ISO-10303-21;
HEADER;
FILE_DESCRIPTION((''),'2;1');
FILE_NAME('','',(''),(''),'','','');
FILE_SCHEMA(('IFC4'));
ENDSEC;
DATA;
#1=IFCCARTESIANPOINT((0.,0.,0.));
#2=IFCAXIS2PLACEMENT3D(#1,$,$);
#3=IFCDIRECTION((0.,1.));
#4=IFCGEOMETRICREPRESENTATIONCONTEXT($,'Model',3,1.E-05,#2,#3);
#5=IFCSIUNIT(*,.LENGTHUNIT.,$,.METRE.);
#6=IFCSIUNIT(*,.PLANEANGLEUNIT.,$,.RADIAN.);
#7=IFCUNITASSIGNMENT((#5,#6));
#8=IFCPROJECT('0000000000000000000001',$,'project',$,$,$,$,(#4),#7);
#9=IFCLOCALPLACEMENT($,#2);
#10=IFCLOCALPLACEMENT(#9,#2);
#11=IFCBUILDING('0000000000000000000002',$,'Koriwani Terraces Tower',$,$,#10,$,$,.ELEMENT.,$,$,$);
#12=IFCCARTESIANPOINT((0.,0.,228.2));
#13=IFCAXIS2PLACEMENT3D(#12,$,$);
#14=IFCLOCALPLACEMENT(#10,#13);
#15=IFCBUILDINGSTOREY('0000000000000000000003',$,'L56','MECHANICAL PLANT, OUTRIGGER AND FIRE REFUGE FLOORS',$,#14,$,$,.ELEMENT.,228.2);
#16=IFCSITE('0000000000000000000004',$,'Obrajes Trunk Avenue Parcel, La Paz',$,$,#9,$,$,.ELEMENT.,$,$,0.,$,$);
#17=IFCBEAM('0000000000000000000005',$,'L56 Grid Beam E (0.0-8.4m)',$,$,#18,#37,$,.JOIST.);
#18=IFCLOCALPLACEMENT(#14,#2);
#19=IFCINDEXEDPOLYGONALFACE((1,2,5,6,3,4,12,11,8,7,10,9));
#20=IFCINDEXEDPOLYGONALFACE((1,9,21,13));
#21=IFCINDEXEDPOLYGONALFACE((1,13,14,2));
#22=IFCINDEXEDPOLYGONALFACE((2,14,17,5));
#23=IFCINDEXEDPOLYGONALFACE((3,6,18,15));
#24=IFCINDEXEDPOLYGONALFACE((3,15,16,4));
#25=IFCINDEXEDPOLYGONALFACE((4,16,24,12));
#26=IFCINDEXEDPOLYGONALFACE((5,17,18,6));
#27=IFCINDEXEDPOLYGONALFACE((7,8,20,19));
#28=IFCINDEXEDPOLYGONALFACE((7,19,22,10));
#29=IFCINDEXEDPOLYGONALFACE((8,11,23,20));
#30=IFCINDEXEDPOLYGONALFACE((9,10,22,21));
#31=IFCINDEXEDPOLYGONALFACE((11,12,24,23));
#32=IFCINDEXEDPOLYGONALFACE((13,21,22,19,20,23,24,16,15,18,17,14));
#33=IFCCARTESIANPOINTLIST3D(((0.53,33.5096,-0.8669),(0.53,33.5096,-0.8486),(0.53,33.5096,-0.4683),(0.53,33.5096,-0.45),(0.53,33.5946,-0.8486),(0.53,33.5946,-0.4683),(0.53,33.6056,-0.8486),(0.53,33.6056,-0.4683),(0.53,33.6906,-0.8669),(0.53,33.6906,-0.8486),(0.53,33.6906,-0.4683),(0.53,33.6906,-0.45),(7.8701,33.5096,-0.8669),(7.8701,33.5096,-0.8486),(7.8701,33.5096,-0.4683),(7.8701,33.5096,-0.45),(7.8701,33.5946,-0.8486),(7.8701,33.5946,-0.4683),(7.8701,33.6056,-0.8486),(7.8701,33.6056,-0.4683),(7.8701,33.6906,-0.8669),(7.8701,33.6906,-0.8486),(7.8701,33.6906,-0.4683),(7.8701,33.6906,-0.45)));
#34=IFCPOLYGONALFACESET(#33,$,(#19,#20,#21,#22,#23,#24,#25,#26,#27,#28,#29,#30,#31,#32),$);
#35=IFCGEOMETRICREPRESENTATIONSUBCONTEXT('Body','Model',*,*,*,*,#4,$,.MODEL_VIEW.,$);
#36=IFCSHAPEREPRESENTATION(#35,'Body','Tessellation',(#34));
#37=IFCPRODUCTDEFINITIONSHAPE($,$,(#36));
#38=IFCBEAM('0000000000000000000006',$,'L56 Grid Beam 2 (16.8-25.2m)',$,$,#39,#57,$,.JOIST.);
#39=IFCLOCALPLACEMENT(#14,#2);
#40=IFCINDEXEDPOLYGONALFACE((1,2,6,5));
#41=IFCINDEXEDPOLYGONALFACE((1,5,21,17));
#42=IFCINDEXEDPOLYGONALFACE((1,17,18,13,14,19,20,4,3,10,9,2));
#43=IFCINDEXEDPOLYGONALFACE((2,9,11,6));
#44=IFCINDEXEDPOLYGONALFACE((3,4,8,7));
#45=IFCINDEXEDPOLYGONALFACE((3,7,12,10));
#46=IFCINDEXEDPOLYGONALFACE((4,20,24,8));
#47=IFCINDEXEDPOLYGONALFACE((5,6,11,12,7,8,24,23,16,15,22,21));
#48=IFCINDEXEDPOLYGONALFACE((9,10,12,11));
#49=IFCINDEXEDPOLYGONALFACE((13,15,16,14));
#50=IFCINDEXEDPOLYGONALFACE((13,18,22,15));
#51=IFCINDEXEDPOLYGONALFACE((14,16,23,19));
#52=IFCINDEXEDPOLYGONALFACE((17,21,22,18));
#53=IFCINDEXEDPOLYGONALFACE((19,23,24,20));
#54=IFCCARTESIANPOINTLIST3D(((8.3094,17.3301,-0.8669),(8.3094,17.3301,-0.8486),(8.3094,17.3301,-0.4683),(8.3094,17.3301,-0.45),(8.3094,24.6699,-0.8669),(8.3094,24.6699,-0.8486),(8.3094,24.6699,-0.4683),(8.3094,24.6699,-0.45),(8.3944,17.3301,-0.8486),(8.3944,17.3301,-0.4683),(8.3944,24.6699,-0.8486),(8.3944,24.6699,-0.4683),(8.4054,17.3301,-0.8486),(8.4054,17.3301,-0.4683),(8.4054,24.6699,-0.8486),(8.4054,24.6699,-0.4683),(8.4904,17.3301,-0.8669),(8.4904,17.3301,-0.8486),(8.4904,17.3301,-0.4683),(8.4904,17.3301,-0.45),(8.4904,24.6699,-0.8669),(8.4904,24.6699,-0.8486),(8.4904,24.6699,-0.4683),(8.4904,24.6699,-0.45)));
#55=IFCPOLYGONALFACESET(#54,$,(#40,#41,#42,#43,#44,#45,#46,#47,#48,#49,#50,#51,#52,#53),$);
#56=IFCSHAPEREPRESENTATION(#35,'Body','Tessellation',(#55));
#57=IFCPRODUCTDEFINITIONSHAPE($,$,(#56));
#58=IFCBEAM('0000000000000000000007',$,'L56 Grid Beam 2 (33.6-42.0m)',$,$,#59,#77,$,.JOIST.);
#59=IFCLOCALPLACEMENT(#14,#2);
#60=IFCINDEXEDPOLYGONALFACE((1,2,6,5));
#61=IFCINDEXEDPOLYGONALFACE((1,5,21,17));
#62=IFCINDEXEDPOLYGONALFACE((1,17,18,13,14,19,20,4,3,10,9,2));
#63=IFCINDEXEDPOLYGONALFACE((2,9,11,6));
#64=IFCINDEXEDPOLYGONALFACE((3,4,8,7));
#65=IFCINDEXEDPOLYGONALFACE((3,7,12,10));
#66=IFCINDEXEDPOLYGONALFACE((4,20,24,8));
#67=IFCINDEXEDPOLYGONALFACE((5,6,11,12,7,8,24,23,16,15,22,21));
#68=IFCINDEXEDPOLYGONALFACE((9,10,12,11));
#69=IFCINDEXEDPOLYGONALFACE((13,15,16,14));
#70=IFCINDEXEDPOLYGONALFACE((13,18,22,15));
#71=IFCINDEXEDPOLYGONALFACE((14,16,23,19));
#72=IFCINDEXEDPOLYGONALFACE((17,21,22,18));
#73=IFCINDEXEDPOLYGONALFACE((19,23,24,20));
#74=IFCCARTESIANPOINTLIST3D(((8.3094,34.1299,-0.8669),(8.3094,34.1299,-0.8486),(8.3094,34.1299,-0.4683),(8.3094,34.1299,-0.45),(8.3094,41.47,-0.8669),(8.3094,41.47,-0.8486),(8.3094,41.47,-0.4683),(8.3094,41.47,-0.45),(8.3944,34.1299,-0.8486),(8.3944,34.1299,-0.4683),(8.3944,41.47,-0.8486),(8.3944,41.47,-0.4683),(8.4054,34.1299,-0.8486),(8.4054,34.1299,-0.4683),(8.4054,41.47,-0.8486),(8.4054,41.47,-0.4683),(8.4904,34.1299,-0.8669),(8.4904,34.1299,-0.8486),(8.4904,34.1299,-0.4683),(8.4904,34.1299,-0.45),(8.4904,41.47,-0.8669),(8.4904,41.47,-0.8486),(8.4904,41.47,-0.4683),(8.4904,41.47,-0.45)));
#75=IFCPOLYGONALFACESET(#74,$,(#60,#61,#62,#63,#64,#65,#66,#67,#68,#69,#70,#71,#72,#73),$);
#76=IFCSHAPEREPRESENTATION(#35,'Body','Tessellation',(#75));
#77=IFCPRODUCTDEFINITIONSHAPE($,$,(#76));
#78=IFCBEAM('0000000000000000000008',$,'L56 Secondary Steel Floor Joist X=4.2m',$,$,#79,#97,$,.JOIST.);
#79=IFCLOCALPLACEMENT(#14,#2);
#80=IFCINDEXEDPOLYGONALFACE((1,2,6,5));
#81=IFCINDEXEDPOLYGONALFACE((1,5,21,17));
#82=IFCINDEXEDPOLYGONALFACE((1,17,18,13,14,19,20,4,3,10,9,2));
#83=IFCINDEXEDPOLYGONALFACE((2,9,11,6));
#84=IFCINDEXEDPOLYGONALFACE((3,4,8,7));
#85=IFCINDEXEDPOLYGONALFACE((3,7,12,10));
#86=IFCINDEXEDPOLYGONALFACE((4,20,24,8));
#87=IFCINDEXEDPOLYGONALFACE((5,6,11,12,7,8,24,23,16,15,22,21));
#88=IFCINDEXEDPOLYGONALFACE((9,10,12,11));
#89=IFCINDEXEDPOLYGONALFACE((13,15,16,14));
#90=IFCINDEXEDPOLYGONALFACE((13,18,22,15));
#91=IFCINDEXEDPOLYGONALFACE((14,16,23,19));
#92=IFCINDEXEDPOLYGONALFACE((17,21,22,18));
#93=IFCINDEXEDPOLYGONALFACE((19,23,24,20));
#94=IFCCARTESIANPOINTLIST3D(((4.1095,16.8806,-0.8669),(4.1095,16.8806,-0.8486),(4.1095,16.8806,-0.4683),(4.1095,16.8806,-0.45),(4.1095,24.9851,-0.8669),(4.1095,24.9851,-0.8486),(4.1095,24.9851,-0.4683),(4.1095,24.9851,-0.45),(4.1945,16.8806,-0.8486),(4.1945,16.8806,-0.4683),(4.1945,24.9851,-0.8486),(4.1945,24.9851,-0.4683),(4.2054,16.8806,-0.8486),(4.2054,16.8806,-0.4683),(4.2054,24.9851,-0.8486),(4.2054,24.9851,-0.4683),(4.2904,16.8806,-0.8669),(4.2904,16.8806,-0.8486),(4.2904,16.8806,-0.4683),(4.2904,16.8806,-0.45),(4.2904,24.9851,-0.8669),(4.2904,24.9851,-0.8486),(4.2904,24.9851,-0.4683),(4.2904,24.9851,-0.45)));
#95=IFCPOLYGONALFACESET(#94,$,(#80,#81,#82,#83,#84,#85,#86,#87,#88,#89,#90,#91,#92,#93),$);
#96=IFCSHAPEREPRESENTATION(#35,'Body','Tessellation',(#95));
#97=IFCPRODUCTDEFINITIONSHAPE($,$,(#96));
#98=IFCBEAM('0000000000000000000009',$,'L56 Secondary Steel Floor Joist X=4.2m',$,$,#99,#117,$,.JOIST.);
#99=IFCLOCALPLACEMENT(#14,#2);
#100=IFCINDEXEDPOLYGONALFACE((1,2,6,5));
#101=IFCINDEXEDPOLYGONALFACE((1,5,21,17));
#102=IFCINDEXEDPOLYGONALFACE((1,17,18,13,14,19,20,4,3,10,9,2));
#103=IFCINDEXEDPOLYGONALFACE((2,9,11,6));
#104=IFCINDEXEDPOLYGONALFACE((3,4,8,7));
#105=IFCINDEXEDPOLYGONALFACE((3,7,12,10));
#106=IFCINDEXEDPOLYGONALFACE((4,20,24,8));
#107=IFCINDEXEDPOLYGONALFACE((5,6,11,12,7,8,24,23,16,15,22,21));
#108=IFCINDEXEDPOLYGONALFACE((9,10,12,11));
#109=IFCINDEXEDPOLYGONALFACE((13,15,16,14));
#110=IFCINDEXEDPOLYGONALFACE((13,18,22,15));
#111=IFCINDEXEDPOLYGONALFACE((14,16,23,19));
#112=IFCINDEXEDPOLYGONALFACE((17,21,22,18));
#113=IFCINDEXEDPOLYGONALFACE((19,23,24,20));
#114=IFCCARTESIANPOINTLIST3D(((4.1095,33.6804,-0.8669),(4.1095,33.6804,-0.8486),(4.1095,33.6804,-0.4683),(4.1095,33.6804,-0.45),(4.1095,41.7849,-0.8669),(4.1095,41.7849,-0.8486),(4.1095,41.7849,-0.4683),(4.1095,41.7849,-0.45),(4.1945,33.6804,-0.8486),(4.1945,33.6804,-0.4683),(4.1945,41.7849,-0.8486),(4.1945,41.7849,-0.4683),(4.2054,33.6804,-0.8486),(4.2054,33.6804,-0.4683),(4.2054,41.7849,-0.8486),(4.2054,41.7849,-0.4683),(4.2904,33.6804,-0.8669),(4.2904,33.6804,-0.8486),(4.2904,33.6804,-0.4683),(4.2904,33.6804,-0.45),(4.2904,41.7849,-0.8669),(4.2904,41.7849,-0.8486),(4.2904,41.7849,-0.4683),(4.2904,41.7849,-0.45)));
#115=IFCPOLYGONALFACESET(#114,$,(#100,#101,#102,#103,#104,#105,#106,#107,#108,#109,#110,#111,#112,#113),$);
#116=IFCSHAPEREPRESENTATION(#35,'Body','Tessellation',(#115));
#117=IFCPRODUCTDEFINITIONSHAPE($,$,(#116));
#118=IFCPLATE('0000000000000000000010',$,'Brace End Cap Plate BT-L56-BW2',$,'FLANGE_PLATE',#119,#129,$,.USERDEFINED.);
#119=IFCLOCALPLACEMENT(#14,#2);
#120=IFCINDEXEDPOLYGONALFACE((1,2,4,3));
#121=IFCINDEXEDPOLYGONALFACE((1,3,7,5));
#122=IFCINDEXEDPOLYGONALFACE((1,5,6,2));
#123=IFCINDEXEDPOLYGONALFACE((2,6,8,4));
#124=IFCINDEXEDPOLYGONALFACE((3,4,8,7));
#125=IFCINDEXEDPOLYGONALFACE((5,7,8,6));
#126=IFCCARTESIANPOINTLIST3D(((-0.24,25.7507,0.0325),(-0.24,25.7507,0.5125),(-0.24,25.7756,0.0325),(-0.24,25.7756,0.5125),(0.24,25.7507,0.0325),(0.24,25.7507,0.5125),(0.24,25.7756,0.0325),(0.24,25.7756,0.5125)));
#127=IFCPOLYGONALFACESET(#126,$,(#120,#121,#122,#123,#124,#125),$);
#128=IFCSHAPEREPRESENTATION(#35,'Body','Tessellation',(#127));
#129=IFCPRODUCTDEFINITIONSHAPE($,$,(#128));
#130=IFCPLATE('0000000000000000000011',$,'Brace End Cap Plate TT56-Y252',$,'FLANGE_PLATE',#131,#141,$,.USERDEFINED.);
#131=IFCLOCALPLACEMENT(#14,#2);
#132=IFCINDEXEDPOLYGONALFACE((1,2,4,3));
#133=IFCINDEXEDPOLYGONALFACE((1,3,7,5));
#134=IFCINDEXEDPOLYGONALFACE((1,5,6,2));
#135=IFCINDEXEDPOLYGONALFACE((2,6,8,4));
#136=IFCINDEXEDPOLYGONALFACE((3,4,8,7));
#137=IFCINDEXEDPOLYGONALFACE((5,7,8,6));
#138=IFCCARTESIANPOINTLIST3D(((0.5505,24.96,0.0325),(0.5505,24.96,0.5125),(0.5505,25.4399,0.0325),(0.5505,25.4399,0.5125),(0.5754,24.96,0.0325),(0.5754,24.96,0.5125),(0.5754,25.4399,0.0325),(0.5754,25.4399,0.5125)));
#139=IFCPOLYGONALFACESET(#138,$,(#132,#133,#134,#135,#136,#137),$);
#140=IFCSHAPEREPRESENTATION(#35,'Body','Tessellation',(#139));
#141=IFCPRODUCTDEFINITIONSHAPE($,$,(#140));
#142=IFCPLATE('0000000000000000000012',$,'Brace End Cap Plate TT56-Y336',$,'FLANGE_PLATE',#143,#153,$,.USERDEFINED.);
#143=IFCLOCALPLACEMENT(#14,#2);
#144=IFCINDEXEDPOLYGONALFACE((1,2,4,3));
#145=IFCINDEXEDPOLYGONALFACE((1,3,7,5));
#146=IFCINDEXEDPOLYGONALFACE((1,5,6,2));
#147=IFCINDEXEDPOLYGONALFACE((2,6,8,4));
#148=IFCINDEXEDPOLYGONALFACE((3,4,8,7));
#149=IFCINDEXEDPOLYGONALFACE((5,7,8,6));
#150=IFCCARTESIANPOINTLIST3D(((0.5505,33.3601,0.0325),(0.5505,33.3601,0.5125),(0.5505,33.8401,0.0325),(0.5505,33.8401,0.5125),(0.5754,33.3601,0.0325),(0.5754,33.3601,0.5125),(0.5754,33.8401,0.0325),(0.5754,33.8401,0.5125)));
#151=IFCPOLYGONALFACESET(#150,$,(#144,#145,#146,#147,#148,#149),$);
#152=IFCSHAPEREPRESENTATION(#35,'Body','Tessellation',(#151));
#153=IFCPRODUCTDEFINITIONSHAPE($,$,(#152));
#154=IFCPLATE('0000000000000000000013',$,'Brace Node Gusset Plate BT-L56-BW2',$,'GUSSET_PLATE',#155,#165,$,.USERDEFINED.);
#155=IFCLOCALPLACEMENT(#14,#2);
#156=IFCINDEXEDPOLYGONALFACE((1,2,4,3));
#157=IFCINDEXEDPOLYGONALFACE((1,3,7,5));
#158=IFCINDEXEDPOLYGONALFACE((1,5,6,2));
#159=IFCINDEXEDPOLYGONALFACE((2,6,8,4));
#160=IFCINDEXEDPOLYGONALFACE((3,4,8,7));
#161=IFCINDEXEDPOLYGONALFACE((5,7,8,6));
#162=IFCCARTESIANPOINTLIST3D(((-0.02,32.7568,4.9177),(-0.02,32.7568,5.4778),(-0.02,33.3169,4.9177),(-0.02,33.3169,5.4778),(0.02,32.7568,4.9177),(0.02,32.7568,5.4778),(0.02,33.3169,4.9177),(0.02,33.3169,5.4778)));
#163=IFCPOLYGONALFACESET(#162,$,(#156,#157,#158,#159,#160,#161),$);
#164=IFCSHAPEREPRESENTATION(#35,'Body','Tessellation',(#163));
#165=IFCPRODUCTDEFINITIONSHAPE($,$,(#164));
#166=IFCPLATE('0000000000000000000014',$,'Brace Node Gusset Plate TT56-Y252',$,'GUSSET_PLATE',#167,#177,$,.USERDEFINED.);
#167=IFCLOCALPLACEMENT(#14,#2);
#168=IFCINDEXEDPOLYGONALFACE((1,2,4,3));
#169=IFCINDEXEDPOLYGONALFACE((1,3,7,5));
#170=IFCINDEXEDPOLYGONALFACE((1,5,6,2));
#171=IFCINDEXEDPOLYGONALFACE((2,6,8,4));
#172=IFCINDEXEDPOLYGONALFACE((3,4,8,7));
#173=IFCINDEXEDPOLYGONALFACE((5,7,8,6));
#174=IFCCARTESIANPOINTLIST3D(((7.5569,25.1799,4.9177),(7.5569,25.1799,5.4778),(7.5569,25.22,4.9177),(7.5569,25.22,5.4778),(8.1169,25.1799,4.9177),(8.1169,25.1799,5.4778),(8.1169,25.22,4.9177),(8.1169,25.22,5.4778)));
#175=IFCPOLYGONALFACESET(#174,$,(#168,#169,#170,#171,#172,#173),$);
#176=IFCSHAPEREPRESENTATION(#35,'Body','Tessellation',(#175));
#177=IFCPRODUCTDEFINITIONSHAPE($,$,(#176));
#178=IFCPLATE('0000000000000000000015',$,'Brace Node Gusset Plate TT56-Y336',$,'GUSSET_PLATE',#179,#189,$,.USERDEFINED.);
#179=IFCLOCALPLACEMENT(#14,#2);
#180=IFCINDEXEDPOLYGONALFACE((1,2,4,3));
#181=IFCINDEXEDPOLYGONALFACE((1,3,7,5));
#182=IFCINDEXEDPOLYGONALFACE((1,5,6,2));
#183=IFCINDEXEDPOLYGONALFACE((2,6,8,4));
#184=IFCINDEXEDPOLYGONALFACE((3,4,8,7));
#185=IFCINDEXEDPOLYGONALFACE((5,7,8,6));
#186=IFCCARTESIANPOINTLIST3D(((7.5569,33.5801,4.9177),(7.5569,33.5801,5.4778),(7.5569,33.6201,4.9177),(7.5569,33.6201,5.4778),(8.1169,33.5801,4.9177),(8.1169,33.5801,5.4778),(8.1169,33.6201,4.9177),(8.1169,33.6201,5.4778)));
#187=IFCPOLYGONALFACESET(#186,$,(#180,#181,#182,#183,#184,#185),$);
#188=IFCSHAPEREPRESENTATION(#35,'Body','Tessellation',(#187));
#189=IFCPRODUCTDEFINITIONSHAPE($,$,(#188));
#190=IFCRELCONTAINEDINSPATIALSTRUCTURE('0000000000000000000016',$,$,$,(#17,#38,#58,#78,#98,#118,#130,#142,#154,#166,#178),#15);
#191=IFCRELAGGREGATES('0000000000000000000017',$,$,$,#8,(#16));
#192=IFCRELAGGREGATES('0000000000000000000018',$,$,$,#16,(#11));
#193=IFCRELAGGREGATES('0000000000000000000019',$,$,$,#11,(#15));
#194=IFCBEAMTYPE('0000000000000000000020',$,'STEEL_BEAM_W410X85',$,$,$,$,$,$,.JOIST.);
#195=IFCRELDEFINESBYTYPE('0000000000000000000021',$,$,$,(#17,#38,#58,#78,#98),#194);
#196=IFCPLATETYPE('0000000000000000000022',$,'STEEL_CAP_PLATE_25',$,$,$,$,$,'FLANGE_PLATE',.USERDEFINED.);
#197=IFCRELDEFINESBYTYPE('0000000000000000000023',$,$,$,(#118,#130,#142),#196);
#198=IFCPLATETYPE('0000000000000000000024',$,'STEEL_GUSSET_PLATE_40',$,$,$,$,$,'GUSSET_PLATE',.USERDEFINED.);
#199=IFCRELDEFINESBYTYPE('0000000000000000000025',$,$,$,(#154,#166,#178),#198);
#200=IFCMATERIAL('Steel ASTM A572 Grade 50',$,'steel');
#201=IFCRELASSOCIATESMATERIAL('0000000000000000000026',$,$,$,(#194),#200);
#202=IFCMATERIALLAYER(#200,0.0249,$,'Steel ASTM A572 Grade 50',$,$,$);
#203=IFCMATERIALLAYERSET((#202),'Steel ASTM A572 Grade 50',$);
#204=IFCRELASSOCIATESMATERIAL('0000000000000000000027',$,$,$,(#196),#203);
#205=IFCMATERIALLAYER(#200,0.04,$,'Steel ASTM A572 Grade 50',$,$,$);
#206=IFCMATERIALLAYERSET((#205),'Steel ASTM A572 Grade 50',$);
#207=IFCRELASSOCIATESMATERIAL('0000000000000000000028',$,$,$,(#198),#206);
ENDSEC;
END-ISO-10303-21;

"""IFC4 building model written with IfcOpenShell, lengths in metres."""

from ifc_helpers import new_model, si_unit, direction, frame, origin, origin_2d, place, context, subcontext, project, spatial, rectangle, i_section, extrude, material, layer, layer_set, material_profile, profile_set, type_object, element, save


model = new_model("IFC4")

# Units and contexts
model_context = context("Model", 3, precision=1e-05, world=origin(), true_north=direction((0.0, 1.0)))
body_context = subcontext(model_context, "Body", "Model", "MODEL_VIEW")
ifc_project = project(units=[si_unit("LENGTHUNIT", "METRE"), si_unit("PLANEANGLEUNIT", "RADIAN")], contexts=[model_context])

# Site, building, storey
site_placement = place(None, origin())
site = spatial("IfcSite", under=ifc_project, at=site_placement, Name="Obrajes Trunk Avenue Parcel, La Paz", CompositionType="ELEMENT", RefElevation=0.0)
building_placement = place(site_placement, origin())
building = spatial("IfcBuilding", under=site, at=building_placement, Name="Koriwani Terraces Tower", CompositionType="ELEMENT")
storey_placement = place(building_placement, frame((0.0, 0.0, 228.2)))
storey = spatial("IfcBuildingStorey", under=building, at=storey_placement, Name="L56", Description="MECHANICAL PLANT, OUTRIGGER AND FIRE REFUGE FLOORS", CompositionType="ELEMENT", Elevation=228.2)

# Shared definitions
ifc_material_1 = material(Name="Steel ASTM A572 Grade 50", Category="steel")

# Beams
ifc_material_profile_1 = material_profile(ifc_material_1, i_section(OverallWidth=0.1809, OverallDepth=0.417, WebThickness=0.011, FlangeThickness=0.0183, at=origin_2d()), Name="Steel ASTM A572 Grade 50", Category="LoadBearing")
ifc_profile_set_1 = profile_set([ifc_material_profile_1], Name="Steel ASTM A572 Grade 50")
beam_type_1 = type_object("IfcBeamType", Name="STEEL_BEAM_W410X85", PredefinedType="JOIST", material=ifc_profile_set_1)
beam_1_placement = place(storey_placement, frame((0.53, 33.6001, -0.6584), z_axis=(1.0, 0.0, 0.0), x_axis=(0.0, 1.0, 0.0)))
element("IfcBeam", 1, at=beam_1_placement, inside=storey, type_object=beam_type_1, Name="L56 Grid Beam E (0.0-8.4m)", PredefinedType="JOIST", context=body_context, shape_type="SweptSolid", body=[
    extrude(i_section(OverallWidth=0.1809, OverallDepth=0.417, WebThickness=0.011, FlangeThickness=0.0183, at=origin_2d()), origin(), (0.0, 0.0, 1.0), 7.3401),
])
beam_2_placement = place(storey_placement, frame((8.3999, 17.3301, -0.6584), z_axis=(0.0, 1.0, 0.0), x_axis=(-1.0, 0.0, 0.0)))
element("IfcBeam", 2, at=beam_2_placement, inside=storey, type_object=beam_type_1, Name="L56 Grid Beam 2 (16.8-25.2m)", PredefinedType="JOIST", context=body_context, shape_type="SweptSolid", body=[
    extrude(i_section(OverallWidth=0.1809, OverallDepth=0.417, WebThickness=0.011, FlangeThickness=0.0183, at=origin_2d()), origin(), (0.0, 0.0, 1.0), 7.3398),
])
beam_3_placement = place(storey_placement, frame((8.3999, 34.1299, -0.6584), z_axis=(0.0, 1.0, 0.0), x_axis=(-1.0, 0.0, 0.0)))
element("IfcBeam", 3, at=beam_3_placement, inside=storey, type_object=beam_type_1, Name="L56 Grid Beam 2 (33.6-42.0m)", PredefinedType="JOIST", context=body_context, shape_type="SweptSolid", body=[
    extrude(i_section(OverallWidth=0.1809, OverallDepth=0.417, WebThickness=0.011, FlangeThickness=0.0183, at=origin_2d()), origin(), (0.0, 0.0, 1.0), 7.3401),
])
for number, where, z_axis, x_axis, name in (
    (4, (4.2, 16.8806, -0.6584), (0.0, 1.0, 0.0), (-1.0, 0.0, 0.0), "L56 Secondary Steel Floor Joist X=4.2m"),
    (5, (4.2, 33.6804, -0.6584), (0.0, 1.0, 0.0), (-1.0, 0.0, 0.0), "L56 Secondary Steel Floor Joist X=4.2m"),
):
    element("IfcBeam", number, at=place(storey_placement, frame(where, z_axis=z_axis, x_axis=x_axis)), inside=storey, type_object=beam_type_1, Name=name, PredefinedType="JOIST", context=body_context, shape_type="SweptSolid", body=[
        extrude(i_section(OverallWidth=0.1809, OverallDepth=0.417, WebThickness=0.011, FlangeThickness=0.0183, at=origin_2d()), origin(), (0.0, 0.0, 1.0), 8.1045),
    ])

# Plates
ifc_layer_1 = layer(ifc_material_1, 0.0249, Name="Steel ASTM A572 Grade 50")
ifc_layer_set_1 = layer_set([ifc_layer_1], Name="Steel ASTM A572 Grade 50")
plate_type_1 = type_object("IfcPlateType", Name="STEEL_CAP_PLATE_25", ElementType="FLANGE_PLATE", PredefinedType="USERDEFINED", material=ifc_layer_set_1)
for number, where, z_axis, x_axis, name in (
    (6, (0.0, 25.7632, 0.0325), (0.0, 0.0, 1.0), (0.0, 1.0, 0.0), "Brace End Cap Plate BT-L56-BW2"),
    (7, (0.563, 25.2, 0.0325), (0.0, 0.0, 1.0), (1.0, 0.0, 0.0), "Brace End Cap Plate TT56-Y252"),
    (8, (0.563, 33.6001, 0.0325), (0.0, 0.0, 1.0), (1.0, 0.0, 0.0), "Brace End Cap Plate TT56-Y336"),
):
    element("IfcPlate", number, at=place(storey_placement, frame(where, z_axis=z_axis, x_axis=x_axis)), inside=storey, type_object=plate_type_1, Name=name, ObjectType="FLANGE_PLATE", PredefinedType="USERDEFINED", context=body_context, shape_type="SweptSolid", body=[
        extrude(rectangle(XDim=0.0249, YDim=0.48, at=origin_2d()), origin(), (0.0, 0.0, 1.0), 0.48),
    ])
ifc_layer_2 = layer(ifc_material_1, 0.04, Name="Steel ASTM A572 Grade 50")
ifc_layer_set_2 = layer_set([ifc_layer_2], Name="Steel ASTM A572 Grade 50")
plate_type_2 = type_object("IfcPlateType", Name="STEEL_GUSSET_PLATE_40", ElementType="GUSSET_PLATE", PredefinedType="USERDEFINED", material=ifc_layer_set_2)
for number, where, z_axis, x_axis, name in (
    (9, (0.0, 33.0369, 4.9177), (0.0, 0.0, 1.0), (0.0, 1.0, 0.0), "Brace Node Gusset Plate BT-L56-BW2"),
    (10, (7.8369, 25.2, 4.9177), (0.0, 0.0, 1.0), (1.0, 0.0, 0.0), "Brace Node Gusset Plate TT56-Y252"),
    (11, (7.8369, 33.6001, 4.9177), (0.0, 0.0, 1.0), (1.0, 0.0, 0.0), "Brace Node Gusset Plate TT56-Y336"),
):
    element("IfcPlate", number, at=place(storey_placement, frame(where, z_axis=z_axis, x_axis=x_axis)), inside=storey, type_object=plate_type_2, Name=name, ObjectType="GUSSET_PLATE", PredefinedType="USERDEFINED", context=body_context, shape_type="SweptSolid", body=[
        extrude(rectangle(XDim=0.5601, YDim=0.04, at=origin_2d()), origin(), (0.0, 0.0, 1.0), 0.5601),
    ])

save(model, "model.ifc")
